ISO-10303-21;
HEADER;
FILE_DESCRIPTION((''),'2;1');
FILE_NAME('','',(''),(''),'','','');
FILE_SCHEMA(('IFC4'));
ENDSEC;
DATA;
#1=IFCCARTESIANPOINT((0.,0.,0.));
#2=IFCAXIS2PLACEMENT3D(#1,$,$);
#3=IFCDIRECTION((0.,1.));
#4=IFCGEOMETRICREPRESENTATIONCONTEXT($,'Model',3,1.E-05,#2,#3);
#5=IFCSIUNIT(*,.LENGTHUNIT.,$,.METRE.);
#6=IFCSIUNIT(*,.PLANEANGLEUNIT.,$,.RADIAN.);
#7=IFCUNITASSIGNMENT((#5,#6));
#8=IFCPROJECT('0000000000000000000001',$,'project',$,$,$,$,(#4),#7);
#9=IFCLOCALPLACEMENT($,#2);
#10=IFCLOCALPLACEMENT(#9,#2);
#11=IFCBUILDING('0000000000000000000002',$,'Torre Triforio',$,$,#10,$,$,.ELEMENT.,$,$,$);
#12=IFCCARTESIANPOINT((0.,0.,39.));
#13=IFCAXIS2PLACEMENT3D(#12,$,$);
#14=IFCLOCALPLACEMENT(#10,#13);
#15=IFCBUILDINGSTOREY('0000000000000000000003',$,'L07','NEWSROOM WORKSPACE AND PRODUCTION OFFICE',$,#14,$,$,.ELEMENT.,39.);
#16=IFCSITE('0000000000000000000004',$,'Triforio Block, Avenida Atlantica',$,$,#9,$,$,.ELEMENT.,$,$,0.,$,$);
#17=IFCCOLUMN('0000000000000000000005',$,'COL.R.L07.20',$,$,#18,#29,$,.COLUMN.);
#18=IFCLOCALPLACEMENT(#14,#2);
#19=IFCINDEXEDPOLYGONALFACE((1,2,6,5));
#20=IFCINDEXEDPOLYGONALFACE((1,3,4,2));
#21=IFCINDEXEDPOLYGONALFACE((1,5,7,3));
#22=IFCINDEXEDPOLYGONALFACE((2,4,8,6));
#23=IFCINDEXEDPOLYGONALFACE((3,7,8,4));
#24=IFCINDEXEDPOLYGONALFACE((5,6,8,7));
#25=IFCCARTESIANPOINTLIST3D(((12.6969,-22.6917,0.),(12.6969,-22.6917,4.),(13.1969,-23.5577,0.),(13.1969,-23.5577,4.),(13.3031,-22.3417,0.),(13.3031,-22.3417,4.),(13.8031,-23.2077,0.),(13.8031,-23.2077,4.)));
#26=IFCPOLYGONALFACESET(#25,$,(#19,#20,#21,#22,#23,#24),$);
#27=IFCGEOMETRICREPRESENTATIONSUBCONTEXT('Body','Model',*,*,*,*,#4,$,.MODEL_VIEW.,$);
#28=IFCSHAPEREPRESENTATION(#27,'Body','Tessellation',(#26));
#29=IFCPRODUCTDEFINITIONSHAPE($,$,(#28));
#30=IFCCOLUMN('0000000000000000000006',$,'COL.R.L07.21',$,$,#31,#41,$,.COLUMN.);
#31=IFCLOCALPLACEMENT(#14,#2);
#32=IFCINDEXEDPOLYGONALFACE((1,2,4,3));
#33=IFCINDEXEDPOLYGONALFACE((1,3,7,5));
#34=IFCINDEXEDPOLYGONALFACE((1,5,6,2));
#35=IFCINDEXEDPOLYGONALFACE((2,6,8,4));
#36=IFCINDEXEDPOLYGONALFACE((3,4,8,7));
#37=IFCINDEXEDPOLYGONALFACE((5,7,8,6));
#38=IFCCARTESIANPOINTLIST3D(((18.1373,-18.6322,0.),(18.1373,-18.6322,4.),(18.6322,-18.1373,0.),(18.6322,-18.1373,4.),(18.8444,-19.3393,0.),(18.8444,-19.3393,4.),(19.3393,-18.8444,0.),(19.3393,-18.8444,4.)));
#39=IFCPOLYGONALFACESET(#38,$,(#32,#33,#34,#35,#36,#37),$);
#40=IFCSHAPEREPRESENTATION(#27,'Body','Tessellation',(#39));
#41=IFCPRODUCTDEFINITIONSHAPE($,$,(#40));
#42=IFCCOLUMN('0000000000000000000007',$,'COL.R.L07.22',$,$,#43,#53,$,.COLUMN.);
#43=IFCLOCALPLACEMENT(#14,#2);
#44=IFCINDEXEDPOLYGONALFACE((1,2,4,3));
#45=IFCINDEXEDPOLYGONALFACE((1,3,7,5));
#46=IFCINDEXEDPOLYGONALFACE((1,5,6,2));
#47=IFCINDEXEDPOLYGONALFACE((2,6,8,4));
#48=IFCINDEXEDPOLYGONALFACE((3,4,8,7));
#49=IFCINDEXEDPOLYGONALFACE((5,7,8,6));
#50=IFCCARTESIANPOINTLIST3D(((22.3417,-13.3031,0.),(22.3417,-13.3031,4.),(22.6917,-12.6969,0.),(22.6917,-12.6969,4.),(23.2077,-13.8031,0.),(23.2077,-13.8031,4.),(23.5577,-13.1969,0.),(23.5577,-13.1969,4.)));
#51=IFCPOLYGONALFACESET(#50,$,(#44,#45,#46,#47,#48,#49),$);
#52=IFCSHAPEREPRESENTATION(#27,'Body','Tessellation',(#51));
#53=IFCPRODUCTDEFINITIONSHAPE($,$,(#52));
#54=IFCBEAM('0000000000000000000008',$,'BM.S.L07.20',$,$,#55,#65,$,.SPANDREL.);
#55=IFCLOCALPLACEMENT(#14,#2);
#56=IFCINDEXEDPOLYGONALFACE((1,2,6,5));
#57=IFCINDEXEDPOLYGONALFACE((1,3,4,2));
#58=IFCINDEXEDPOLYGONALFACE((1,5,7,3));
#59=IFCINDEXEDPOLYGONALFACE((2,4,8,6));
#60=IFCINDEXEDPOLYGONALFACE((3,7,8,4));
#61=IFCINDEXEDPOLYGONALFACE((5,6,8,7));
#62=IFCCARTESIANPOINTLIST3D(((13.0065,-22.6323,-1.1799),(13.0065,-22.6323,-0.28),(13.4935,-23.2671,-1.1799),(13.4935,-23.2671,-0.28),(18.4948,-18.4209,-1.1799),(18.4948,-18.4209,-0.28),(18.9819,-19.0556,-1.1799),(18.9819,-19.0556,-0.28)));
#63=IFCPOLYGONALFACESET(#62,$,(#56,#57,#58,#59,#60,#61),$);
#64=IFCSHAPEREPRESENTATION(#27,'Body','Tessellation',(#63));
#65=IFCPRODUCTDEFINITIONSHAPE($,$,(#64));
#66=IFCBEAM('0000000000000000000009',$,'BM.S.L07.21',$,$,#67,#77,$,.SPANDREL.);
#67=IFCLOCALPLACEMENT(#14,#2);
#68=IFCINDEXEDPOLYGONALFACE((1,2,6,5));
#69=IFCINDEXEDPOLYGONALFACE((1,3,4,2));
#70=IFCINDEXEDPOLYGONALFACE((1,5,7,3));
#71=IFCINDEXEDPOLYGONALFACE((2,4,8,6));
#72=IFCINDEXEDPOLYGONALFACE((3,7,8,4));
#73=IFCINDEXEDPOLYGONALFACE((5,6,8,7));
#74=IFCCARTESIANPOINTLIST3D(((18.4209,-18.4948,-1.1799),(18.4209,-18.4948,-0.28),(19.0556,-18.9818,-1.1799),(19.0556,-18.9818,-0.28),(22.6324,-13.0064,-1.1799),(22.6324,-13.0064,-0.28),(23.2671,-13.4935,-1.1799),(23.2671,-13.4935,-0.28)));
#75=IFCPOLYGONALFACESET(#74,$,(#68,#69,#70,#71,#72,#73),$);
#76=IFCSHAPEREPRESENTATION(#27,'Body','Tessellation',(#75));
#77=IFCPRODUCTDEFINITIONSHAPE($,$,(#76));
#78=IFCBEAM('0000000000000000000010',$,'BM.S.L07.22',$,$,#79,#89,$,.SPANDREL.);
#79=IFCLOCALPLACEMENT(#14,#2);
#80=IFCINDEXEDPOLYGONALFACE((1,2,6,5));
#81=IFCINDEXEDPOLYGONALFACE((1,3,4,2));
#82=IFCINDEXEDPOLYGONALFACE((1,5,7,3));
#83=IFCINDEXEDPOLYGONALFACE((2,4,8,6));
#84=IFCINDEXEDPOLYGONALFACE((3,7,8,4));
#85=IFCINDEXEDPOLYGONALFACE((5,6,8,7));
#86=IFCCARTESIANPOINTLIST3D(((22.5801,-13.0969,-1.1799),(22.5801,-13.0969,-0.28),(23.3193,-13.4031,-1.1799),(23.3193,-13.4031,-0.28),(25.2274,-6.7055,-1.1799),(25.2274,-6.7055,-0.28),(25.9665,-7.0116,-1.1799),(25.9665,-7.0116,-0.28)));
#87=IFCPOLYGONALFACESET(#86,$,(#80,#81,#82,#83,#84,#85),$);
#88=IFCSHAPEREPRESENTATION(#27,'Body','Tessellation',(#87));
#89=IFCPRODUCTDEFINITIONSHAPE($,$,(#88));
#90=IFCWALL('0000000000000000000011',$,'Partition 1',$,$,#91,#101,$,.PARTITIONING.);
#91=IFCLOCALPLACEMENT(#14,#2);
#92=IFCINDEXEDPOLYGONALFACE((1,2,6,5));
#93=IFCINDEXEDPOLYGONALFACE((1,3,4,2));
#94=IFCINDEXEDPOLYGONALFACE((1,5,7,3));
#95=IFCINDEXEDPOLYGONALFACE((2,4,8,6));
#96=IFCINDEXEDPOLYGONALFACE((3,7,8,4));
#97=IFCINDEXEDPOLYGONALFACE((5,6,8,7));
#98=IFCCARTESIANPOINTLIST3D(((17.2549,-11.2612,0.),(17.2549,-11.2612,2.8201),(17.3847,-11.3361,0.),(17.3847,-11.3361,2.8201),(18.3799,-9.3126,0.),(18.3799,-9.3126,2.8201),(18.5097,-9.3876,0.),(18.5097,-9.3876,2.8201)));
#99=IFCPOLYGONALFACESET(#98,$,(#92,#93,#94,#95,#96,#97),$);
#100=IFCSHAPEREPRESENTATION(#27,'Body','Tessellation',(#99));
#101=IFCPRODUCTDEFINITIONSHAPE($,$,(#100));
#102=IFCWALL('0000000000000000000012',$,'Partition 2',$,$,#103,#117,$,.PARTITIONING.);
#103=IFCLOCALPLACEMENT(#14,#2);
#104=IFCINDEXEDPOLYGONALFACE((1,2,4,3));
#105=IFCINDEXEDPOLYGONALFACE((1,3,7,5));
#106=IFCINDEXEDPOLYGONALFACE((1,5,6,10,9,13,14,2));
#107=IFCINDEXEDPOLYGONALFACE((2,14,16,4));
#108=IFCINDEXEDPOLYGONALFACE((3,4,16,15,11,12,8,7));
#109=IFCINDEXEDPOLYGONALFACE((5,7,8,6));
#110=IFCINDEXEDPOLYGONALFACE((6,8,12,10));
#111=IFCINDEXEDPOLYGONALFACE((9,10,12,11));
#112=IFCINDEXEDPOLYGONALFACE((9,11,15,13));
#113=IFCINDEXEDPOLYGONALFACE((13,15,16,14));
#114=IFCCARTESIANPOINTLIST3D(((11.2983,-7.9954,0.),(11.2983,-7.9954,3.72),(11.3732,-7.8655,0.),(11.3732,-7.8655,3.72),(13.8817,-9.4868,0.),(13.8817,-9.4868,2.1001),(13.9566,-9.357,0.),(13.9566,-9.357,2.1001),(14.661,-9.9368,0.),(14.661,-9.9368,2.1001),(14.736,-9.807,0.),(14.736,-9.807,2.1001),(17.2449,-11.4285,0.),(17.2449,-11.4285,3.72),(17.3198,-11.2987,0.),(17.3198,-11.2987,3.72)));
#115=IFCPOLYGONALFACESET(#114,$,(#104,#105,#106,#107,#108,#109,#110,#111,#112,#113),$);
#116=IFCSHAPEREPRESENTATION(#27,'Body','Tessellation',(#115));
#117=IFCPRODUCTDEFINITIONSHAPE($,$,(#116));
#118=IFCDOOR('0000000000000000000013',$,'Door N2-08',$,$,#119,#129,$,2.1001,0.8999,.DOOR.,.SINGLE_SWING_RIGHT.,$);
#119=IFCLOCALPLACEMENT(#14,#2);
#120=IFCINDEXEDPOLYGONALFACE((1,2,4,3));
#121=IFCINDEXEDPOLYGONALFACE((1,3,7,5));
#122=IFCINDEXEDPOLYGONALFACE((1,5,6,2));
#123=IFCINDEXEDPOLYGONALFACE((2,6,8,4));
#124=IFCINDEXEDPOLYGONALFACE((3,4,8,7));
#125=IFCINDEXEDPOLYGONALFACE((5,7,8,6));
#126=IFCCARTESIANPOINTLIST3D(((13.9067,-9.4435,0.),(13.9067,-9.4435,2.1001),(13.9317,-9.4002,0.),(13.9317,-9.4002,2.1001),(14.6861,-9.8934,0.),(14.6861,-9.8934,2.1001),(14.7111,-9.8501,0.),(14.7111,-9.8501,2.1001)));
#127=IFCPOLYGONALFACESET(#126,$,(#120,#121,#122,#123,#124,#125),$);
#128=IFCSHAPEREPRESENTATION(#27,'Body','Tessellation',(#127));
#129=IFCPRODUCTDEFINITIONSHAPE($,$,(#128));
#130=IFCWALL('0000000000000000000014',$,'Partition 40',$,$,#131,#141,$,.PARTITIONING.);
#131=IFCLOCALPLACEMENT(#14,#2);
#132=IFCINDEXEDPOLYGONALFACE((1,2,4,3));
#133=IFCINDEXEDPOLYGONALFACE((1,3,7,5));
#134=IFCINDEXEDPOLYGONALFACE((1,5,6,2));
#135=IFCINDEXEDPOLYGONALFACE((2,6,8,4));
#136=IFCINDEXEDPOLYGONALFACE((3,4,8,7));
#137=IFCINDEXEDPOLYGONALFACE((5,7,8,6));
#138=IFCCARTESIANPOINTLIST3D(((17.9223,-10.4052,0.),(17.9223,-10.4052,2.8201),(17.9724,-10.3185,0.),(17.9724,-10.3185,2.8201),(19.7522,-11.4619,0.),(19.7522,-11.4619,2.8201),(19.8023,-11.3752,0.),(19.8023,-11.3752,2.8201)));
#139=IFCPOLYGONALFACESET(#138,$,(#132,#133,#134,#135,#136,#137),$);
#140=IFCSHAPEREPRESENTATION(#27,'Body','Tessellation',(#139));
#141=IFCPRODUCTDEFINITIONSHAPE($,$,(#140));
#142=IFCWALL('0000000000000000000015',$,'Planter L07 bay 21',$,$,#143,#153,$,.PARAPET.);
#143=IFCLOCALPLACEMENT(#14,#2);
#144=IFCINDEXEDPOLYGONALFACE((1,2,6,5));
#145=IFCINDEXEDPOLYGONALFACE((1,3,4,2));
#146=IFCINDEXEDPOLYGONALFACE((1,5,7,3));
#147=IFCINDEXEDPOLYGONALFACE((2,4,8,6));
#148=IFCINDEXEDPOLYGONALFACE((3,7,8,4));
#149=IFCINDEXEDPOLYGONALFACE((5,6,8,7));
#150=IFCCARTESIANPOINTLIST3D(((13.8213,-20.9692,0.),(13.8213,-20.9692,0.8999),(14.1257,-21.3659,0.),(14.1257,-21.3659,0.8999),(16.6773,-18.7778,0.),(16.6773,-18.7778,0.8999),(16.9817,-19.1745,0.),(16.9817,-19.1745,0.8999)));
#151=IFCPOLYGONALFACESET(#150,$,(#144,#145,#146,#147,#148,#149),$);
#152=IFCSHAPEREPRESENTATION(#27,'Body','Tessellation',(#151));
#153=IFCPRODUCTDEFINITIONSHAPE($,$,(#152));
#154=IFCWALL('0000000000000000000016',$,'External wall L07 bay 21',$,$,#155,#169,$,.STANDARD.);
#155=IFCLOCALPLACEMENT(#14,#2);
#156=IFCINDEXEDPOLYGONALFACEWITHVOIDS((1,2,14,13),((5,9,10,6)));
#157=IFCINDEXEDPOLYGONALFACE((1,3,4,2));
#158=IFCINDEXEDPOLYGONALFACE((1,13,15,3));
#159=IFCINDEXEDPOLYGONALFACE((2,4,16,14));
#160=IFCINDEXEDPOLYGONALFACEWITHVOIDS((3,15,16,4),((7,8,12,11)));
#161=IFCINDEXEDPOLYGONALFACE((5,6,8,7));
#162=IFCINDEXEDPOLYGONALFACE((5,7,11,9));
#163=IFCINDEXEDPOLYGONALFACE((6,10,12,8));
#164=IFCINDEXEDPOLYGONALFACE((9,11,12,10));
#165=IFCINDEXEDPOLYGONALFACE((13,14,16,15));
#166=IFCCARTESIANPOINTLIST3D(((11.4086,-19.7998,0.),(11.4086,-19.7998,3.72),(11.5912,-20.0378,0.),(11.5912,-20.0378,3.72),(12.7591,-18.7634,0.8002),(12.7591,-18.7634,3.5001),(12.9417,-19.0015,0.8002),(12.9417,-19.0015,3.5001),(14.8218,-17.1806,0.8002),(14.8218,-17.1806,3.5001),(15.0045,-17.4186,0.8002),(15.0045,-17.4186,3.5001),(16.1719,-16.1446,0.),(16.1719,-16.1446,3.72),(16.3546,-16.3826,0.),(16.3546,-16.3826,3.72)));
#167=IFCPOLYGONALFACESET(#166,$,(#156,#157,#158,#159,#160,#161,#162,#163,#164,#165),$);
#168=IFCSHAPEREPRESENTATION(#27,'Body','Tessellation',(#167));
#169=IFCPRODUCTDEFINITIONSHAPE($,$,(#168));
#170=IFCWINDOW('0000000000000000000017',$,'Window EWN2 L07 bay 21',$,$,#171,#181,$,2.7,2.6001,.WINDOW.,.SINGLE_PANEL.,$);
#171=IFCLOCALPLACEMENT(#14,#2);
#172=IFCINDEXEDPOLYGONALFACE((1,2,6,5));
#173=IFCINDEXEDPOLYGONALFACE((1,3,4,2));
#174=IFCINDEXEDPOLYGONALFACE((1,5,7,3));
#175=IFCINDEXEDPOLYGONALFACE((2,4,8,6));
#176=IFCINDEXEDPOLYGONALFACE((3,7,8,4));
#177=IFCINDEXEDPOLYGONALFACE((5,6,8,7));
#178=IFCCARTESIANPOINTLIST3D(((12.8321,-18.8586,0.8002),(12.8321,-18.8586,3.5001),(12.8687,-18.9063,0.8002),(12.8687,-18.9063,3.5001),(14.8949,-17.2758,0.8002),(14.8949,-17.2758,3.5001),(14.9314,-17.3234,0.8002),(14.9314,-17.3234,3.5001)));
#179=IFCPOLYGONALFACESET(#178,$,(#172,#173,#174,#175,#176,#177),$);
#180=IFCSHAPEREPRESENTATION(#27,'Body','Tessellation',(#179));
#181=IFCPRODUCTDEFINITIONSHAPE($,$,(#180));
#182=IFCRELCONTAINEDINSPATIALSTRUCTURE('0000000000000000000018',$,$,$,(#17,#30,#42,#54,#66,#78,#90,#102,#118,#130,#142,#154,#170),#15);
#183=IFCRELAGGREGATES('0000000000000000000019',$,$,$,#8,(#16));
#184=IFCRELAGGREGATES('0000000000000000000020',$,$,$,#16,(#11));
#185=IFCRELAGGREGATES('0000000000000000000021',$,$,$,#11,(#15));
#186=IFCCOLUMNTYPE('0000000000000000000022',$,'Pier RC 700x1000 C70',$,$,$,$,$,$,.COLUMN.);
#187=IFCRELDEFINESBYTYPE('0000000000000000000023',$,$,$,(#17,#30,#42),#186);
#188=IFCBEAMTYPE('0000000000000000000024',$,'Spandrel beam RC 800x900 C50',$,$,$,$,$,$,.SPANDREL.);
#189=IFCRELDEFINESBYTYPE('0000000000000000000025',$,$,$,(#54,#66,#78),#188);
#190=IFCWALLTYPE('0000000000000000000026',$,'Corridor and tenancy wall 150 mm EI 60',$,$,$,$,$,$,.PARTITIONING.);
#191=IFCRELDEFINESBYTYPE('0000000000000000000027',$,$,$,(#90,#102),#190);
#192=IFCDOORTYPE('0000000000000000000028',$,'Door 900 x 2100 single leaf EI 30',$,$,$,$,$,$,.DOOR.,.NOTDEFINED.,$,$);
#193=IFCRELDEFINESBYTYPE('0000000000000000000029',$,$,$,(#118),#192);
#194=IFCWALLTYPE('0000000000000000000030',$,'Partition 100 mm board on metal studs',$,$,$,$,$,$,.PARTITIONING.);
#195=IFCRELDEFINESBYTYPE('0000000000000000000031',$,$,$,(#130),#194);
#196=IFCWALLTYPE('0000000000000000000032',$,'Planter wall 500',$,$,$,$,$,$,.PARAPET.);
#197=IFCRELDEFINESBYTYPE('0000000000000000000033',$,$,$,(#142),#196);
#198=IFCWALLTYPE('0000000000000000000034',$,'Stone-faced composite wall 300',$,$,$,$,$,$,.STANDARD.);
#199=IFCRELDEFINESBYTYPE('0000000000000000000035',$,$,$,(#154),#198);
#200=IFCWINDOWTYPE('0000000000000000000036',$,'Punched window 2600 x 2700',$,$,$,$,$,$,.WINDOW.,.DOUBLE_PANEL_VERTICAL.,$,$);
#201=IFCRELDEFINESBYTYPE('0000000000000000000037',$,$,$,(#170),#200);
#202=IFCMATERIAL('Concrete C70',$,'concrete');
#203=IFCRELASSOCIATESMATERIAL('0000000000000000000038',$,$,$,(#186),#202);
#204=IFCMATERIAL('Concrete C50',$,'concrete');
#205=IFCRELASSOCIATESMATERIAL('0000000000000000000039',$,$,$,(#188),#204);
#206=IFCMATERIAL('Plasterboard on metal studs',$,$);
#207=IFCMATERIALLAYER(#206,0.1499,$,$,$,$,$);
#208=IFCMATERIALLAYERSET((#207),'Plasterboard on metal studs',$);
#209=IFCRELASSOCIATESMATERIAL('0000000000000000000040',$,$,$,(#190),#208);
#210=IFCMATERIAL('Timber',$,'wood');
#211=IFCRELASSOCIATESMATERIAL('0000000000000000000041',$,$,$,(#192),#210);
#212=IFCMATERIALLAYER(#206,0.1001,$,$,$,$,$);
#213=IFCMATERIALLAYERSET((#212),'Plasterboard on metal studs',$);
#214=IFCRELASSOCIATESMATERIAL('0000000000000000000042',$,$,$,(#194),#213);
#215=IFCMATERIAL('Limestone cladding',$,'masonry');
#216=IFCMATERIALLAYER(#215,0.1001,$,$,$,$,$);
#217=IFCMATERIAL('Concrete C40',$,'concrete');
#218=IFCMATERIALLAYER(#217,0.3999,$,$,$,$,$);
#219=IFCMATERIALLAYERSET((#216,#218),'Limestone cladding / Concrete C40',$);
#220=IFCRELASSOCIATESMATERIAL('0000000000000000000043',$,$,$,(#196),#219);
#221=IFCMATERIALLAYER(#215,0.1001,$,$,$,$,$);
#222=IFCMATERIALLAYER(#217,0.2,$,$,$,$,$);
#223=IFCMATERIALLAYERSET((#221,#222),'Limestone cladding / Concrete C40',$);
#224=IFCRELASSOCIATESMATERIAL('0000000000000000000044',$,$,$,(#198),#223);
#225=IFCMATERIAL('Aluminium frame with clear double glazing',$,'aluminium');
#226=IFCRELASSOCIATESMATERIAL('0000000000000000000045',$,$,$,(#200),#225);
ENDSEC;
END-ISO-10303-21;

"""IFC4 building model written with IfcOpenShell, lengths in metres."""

from ifc_helpers import new_model, si_unit, direction, frame, frame_2d, origin, origin_2d, place, context, subcontext, project, spatial, rectangle, extrude, material, layer, layer_set, material_profile, profile_set, type_object, element, fill, save


model = new_model("IFC4")

# Units and contexts
model_context = context("Model", 3, precision=1e-05, world=origin(), true_north=direction((0.0, 1.0)))
body_context = subcontext(model_context, "Body", "Model", "MODEL_VIEW")
ifc_project = project(units=[si_unit("LENGTHUNIT", "METRE"), si_unit("PLANEANGLEUNIT", "RADIAN")], contexts=[model_context])

# Site, building, storey
site_placement = place(None, origin())
site = spatial("IfcSite", under=ifc_project, at=site_placement, Name="Triforio Block, Avenida Atlantica", CompositionType="ELEMENT", RefElevation=0.0)
building_placement = place(site_placement, origin())
building = spatial("IfcBuilding", under=site, at=building_placement, Name="Torre Triforio", CompositionType="ELEMENT")
storey_placement = place(building_placement, frame((0.0, 0.0, 39.0)))
storey = spatial("IfcBuildingStorey", under=building, at=storey_placement, Name="L07", Description="NEWSROOM WORKSPACE AND PRODUCTION OFFICE", CompositionType="ELEMENT", Elevation=39.0)

# Columns
ifc_material_1 = material(Name="Concrete C70", Category="concrete")
ifc_material_profile_1 = material_profile(ifc_material_1, rectangle(XDim=0.7, YDim=1.0, at=origin_2d()), Name="RC 700x1000")
ifc_profile_set_1 = profile_set([ifc_material_profile_1], Name="Concrete C70")
column_type = type_object("IfcColumnType", Name="Pier RC 700x1000 C70", PredefinedType="COLUMN", material=ifc_profile_set_1)
for number, where, z_axis, x_axis, name in (
    (1, (13.25, -22.9497, 0.0), (0.0, 0.0, 1.0), (0.866025, 0.5, 0.0), "COL.R.L07.20"),
    (2, (18.7383, -18.7383, 0.0), (0.0, 0.0, 1.0), (0.707107, 0.707107, 0.0), "COL.R.L07.21"),
    (3, (22.9497, -13.25, 0.0), (0.0, 0.0, 1.0), (0.5, 0.866025, 0.0), "COL.R.L07.22"),
):
    element("IfcColumn", number, at=place(storey_placement, frame(where, z_axis=z_axis, x_axis=x_axis)), inside=storey, type_object=column_type, Name=name, PredefinedType="COLUMN", context=body_context, shape_type="SweptSolid", body=[
        extrude(rectangle(XDim=0.7, YDim=1.0, at=origin_2d()), origin(), (0.0, 0.0, 1.0), 4.0),
    ])

# Beams
ifc_material_2 = material(Name="Concrete C50", Category="concrete")
ifc_material_profile_2 = material_profile(ifc_material_2, rectangle(XDim=0.8, YDim=0.8999, at=origin_2d()), Name="RC 800x900")
ifc_profile_set_2 = profile_set([ifc_material_profile_2], Name="Concrete C50")
beam_type = type_object("IfcBeamType", Name="Spandrel beam RC 800x900 C50", PredefinedType="SPANDREL", material=ifc_profile_set_2)
for number, where, z_axis, x_axis, name in (
    (4, (13.25, -22.9497, -0.73), (0.793345, 0.608772, 0.0), (-0.608772, 0.793345, 0.0), "BM.S.L07.20"),
    (5, (18.7383, -18.7383, -0.73), (0.608772, 0.793345, 0.0), (-0.793345, 0.608772, 0.0), "BM.S.L07.21"),
    (6, (22.9497, -13.25, -0.73), (0.382662, 0.923888, 0.0), (-0.923888, 0.382662, 0.0), "BM.S.L07.22"),
):
    element("IfcBeam", number, at=place(storey_placement, frame(where, z_axis=z_axis, x_axis=x_axis)), inside=storey, type_object=beam_type, Name=name, PredefinedType="SPANDREL", context=body_context, shape_type="SweptSolid", body=[
        extrude(rectangle(XDim=0.8, YDim=0.8999, at=origin_2d()), origin(), (0.0, 0.0, 1.0), 6.918),
    ])

# Wall
ifc_material_3 = material(Name="Plasterboard on metal studs")
ifc_layer_1 = layer(ifc_material_3, 0.1499)
ifc_layer_set_1 = layer_set([ifc_layer_1], Name="Plasterboard on metal studs")
wall_type_1 = type_object("IfcWallType", Name="Corridor and tenancy wall 150 mm EI 60", PredefinedType="PARTITIONING", material=ifc_layer_set_1)
wall_1_placement = place(storey_placement, frame((18.4448, -9.3501, 0.0), z_axis=(0.0, 0.0, 1.0), x_axis=(-0.500014, -0.866018, 0.0)))
element("IfcWall", 7, at=wall_1_placement, inside=storey, type_object=wall_type_1, Name="Partition 1", PredefinedType="PARTITIONING", context=body_context, shape_type="SweptSolid", body=[
    extrude(rectangle(XDim=2.25, YDim=0.1499, at=frame_2d((1.125, 0.0))), origin(), (0.0, 0.0, 1.0), 2.8201),
])

# Wall, opening, door
wall_2_placement = place(storey_placement, frame((17.2822, -11.3635, 0.0), z_axis=(0.0, 0.0, 1.0), x_axis=(-0.866033, 0.499986, 0.0)))
wall_2 = element("IfcWall", 8, at=wall_2_placement, inside=storey, type_object=wall_type_1, Name="Partition 2", PredefinedType="PARTITIONING", context=body_context, shape_type="SweptSolid", body=[
    extrude(rectangle(XDim=6.8665, YDim=0.1499, at=frame_2d((3.4331, 0.0))), origin(), (0.0, 0.0, 1.0), 3.72),
])
opening_1_placement = place(wall_2_placement, frame((2.9834, 0.0, 0.0)))
opening_1 = element("IfcOpeningElement", 9, at=opening_1_placement, cuts=wall_2, PredefinedType="OPENING", context=body_context, shape_type="SweptSolid", body=[
    extrude(rectangle(XDim=0.8999, YDim=2.1001, at=frame_2d((0.45, 1.05))), frame((0.0, 0.085, 0.0), z_axis=(0.0, -1.0, 0.0), x_axis=(1.0, 0.0, 0.0)), (0.0, 0.0, 1.0), 0.1699),
])
ifc_material_4 = material(Name="Timber", Category="wood")
door_type_1 = type_object("IfcDoorType", Name="Door 900 x 2100 single leaf EI 30", OperationType="NOTDEFINED", PredefinedType="DOOR", material=ifc_material_4)
door_1_placement = place(opening_1_placement, origin())
door_1 = element("IfcDoor", 10, at=door_1_placement, inside=storey, type_object=door_type_1, Name="Door N2-08", OperationType="SINGLE_SWING_RIGHT", OverallHeight=2.1001, OverallWidth=0.8999, PredefinedType="DOOR", context=body_context, shape_type="SweptSolid", body=[
    extrude(rectangle(XDim=0.8999, YDim=2.1001, at=frame_2d((0.45, 1.05))), frame((0.0, 0.0249, 0.0), z_axis=(0.0, -1.0, 0.0), x_axis=(1.0, 0.0, 0.0)), (0.0, 0.0, 1.0), 0.05),
])
fill(opening_1, door_1)

# Walls
ifc_layer_2 = layer(ifc_material_3, 0.1001)
ifc_layer_set_2 = layer_set([ifc_layer_2], Name="Plasterboard on metal studs")
wall_type_2 = type_object("IfcWallType", Name="Partition 100 mm board on metal studs", PredefinedType="PARTITIONING", material=ifc_layer_set_2)
wall_3_placement = place(storey_placement, frame((17.9473, -10.3618, 0.0), z_axis=(0.0, 0.0, 1.0), x_axis=(0.865987, -0.500066, 0.0)))
element("IfcWall", 11, at=wall_3_placement, inside=storey, type_object=wall_type_2, Name="Partition 40", PredefinedType="PARTITIONING", context=body_context, shape_type="SweptSolid", body=[
    extrude(rectangle(XDim=2.113, YDim=0.1001, at=frame_2d((1.0566, 0.0))), origin(), (0.0, 0.0, 1.0), 2.8201),
])
ifc_material_5 = material(Name="Limestone cladding", Category="masonry")
ifc_layer_3 = layer(ifc_material_5, 0.1001)
ifc_material_6 = material(Name="Concrete C40", Category="concrete")
ifc_layer_4 = layer(ifc_material_6, 0.3999)
ifc_layer_set_3 = layer_set([ifc_layer_3, ifc_layer_4], Name="Limestone cladding / Concrete C40")
wall_type_3 = type_object("IfcWallType", Name="Planter wall 500", PredefinedType="PARAPET", material=ifc_layer_set_3)
wall_4_placement = place(storey_placement, frame((13.9736, -21.1675, 0.0), z_axis=(0.0, 0.0, 1.0), x_axis=(0.79336, 0.608753, 0.0)))
element("IfcWall", 12, at=wall_4_placement, inside=storey, type_object=wall_type_3, Name="Planter L07 bay 21", PredefinedType="PARAPET", context=body_context, shape_type="SweptSolid", body=[
    extrude(rectangle(XDim=3.5999, YDim=0.5, at=frame_2d((1.7998, 0.0))), origin(), (0.0, 0.0, 1.0), 0.8999),
])

# Wall, opening, window
ifc_layer_5 = layer(ifc_material_5, 0.1001)
ifc_layer_6 = layer(ifc_material_6, 0.2)
ifc_layer_set_4 = layer_set([ifc_layer_5, ifc_layer_6], Name="Limestone cladding / Concrete C40")
wall_type_4 = type_object("IfcWallType", Name="Stone-faced composite wall 300", PredefinedType="STANDARD", material=ifc_layer_set_4)
wall_5_placement = place(storey_placement, frame((11.5, -19.9187, 0.0), z_axis=(0.0, 0.0, 1.0), x_axis=(0.79334, 0.608779, 0.0)))
wall_5 = element("IfcWall", 13, at=wall_5_placement, inside=storey, type_object=wall_type_4, Name="External wall L07 bay 21", PredefinedType="STANDARD", context=body_context, shape_type="SweptSolid", body=[
    extrude(rectangle(XDim=6.0042, YDim=0.3, at=frame_2d((3.002, 0.0))), origin(), (0.0, 0.0, 1.0), 3.72),
])
opening_2_placement = place(wall_5_placement, frame((1.7021, 0.0, 0.8)))
opening_2 = element("IfcOpeningElement", 14, at=opening_2_placement, cuts=wall_5, PredefinedType="OPENING", context=body_context, shape_type="SweptSolid", body=[
    extrude(rectangle(XDim=2.6001, YDim=2.7, at=frame_2d((1.3, 1.3501))), frame((0.0, 0.1599, 0.0), z_axis=(0.0, -1.0, 0.0), x_axis=(1.0, 0.0, 0.0)), (0.0, 0.0, 1.0), 0.3201),
])
ifc_material_7 = material(Name="Aluminium frame with clear double glazing", Category="aluminium")
window_type_1 = type_object("IfcWindowType", Name="Punched window 2600 x 2700", PartitioningType="DOUBLE_PANEL_VERTICAL", PredefinedType="WINDOW", material=ifc_material_7)
window_1_placement = place(opening_2_placement, origin())
window_1 = element("IfcWindow", 15, at=window_1_placement, inside=storey, type_object=window_type_1, Name="Window EWN2 L07 bay 21", OverallHeight=2.7, OverallWidth=2.6001, PartitioningType="SINGLE_PANEL", PredefinedType="WINDOW", context=body_context, shape_type="SweptSolid", body=[
    extrude(rectangle(XDim=2.6001, YDim=2.7, at=frame_2d((1.3, 1.3501))), frame((0.0, 0.03, 0.0), z_axis=(0.0, -1.0, 0.0), x_axis=(1.0, 0.0, 0.0)), (0.0, 0.0, 1.0), 0.0601),
])
fill(opening_2, window_1)

save(model, "model.ifc")
